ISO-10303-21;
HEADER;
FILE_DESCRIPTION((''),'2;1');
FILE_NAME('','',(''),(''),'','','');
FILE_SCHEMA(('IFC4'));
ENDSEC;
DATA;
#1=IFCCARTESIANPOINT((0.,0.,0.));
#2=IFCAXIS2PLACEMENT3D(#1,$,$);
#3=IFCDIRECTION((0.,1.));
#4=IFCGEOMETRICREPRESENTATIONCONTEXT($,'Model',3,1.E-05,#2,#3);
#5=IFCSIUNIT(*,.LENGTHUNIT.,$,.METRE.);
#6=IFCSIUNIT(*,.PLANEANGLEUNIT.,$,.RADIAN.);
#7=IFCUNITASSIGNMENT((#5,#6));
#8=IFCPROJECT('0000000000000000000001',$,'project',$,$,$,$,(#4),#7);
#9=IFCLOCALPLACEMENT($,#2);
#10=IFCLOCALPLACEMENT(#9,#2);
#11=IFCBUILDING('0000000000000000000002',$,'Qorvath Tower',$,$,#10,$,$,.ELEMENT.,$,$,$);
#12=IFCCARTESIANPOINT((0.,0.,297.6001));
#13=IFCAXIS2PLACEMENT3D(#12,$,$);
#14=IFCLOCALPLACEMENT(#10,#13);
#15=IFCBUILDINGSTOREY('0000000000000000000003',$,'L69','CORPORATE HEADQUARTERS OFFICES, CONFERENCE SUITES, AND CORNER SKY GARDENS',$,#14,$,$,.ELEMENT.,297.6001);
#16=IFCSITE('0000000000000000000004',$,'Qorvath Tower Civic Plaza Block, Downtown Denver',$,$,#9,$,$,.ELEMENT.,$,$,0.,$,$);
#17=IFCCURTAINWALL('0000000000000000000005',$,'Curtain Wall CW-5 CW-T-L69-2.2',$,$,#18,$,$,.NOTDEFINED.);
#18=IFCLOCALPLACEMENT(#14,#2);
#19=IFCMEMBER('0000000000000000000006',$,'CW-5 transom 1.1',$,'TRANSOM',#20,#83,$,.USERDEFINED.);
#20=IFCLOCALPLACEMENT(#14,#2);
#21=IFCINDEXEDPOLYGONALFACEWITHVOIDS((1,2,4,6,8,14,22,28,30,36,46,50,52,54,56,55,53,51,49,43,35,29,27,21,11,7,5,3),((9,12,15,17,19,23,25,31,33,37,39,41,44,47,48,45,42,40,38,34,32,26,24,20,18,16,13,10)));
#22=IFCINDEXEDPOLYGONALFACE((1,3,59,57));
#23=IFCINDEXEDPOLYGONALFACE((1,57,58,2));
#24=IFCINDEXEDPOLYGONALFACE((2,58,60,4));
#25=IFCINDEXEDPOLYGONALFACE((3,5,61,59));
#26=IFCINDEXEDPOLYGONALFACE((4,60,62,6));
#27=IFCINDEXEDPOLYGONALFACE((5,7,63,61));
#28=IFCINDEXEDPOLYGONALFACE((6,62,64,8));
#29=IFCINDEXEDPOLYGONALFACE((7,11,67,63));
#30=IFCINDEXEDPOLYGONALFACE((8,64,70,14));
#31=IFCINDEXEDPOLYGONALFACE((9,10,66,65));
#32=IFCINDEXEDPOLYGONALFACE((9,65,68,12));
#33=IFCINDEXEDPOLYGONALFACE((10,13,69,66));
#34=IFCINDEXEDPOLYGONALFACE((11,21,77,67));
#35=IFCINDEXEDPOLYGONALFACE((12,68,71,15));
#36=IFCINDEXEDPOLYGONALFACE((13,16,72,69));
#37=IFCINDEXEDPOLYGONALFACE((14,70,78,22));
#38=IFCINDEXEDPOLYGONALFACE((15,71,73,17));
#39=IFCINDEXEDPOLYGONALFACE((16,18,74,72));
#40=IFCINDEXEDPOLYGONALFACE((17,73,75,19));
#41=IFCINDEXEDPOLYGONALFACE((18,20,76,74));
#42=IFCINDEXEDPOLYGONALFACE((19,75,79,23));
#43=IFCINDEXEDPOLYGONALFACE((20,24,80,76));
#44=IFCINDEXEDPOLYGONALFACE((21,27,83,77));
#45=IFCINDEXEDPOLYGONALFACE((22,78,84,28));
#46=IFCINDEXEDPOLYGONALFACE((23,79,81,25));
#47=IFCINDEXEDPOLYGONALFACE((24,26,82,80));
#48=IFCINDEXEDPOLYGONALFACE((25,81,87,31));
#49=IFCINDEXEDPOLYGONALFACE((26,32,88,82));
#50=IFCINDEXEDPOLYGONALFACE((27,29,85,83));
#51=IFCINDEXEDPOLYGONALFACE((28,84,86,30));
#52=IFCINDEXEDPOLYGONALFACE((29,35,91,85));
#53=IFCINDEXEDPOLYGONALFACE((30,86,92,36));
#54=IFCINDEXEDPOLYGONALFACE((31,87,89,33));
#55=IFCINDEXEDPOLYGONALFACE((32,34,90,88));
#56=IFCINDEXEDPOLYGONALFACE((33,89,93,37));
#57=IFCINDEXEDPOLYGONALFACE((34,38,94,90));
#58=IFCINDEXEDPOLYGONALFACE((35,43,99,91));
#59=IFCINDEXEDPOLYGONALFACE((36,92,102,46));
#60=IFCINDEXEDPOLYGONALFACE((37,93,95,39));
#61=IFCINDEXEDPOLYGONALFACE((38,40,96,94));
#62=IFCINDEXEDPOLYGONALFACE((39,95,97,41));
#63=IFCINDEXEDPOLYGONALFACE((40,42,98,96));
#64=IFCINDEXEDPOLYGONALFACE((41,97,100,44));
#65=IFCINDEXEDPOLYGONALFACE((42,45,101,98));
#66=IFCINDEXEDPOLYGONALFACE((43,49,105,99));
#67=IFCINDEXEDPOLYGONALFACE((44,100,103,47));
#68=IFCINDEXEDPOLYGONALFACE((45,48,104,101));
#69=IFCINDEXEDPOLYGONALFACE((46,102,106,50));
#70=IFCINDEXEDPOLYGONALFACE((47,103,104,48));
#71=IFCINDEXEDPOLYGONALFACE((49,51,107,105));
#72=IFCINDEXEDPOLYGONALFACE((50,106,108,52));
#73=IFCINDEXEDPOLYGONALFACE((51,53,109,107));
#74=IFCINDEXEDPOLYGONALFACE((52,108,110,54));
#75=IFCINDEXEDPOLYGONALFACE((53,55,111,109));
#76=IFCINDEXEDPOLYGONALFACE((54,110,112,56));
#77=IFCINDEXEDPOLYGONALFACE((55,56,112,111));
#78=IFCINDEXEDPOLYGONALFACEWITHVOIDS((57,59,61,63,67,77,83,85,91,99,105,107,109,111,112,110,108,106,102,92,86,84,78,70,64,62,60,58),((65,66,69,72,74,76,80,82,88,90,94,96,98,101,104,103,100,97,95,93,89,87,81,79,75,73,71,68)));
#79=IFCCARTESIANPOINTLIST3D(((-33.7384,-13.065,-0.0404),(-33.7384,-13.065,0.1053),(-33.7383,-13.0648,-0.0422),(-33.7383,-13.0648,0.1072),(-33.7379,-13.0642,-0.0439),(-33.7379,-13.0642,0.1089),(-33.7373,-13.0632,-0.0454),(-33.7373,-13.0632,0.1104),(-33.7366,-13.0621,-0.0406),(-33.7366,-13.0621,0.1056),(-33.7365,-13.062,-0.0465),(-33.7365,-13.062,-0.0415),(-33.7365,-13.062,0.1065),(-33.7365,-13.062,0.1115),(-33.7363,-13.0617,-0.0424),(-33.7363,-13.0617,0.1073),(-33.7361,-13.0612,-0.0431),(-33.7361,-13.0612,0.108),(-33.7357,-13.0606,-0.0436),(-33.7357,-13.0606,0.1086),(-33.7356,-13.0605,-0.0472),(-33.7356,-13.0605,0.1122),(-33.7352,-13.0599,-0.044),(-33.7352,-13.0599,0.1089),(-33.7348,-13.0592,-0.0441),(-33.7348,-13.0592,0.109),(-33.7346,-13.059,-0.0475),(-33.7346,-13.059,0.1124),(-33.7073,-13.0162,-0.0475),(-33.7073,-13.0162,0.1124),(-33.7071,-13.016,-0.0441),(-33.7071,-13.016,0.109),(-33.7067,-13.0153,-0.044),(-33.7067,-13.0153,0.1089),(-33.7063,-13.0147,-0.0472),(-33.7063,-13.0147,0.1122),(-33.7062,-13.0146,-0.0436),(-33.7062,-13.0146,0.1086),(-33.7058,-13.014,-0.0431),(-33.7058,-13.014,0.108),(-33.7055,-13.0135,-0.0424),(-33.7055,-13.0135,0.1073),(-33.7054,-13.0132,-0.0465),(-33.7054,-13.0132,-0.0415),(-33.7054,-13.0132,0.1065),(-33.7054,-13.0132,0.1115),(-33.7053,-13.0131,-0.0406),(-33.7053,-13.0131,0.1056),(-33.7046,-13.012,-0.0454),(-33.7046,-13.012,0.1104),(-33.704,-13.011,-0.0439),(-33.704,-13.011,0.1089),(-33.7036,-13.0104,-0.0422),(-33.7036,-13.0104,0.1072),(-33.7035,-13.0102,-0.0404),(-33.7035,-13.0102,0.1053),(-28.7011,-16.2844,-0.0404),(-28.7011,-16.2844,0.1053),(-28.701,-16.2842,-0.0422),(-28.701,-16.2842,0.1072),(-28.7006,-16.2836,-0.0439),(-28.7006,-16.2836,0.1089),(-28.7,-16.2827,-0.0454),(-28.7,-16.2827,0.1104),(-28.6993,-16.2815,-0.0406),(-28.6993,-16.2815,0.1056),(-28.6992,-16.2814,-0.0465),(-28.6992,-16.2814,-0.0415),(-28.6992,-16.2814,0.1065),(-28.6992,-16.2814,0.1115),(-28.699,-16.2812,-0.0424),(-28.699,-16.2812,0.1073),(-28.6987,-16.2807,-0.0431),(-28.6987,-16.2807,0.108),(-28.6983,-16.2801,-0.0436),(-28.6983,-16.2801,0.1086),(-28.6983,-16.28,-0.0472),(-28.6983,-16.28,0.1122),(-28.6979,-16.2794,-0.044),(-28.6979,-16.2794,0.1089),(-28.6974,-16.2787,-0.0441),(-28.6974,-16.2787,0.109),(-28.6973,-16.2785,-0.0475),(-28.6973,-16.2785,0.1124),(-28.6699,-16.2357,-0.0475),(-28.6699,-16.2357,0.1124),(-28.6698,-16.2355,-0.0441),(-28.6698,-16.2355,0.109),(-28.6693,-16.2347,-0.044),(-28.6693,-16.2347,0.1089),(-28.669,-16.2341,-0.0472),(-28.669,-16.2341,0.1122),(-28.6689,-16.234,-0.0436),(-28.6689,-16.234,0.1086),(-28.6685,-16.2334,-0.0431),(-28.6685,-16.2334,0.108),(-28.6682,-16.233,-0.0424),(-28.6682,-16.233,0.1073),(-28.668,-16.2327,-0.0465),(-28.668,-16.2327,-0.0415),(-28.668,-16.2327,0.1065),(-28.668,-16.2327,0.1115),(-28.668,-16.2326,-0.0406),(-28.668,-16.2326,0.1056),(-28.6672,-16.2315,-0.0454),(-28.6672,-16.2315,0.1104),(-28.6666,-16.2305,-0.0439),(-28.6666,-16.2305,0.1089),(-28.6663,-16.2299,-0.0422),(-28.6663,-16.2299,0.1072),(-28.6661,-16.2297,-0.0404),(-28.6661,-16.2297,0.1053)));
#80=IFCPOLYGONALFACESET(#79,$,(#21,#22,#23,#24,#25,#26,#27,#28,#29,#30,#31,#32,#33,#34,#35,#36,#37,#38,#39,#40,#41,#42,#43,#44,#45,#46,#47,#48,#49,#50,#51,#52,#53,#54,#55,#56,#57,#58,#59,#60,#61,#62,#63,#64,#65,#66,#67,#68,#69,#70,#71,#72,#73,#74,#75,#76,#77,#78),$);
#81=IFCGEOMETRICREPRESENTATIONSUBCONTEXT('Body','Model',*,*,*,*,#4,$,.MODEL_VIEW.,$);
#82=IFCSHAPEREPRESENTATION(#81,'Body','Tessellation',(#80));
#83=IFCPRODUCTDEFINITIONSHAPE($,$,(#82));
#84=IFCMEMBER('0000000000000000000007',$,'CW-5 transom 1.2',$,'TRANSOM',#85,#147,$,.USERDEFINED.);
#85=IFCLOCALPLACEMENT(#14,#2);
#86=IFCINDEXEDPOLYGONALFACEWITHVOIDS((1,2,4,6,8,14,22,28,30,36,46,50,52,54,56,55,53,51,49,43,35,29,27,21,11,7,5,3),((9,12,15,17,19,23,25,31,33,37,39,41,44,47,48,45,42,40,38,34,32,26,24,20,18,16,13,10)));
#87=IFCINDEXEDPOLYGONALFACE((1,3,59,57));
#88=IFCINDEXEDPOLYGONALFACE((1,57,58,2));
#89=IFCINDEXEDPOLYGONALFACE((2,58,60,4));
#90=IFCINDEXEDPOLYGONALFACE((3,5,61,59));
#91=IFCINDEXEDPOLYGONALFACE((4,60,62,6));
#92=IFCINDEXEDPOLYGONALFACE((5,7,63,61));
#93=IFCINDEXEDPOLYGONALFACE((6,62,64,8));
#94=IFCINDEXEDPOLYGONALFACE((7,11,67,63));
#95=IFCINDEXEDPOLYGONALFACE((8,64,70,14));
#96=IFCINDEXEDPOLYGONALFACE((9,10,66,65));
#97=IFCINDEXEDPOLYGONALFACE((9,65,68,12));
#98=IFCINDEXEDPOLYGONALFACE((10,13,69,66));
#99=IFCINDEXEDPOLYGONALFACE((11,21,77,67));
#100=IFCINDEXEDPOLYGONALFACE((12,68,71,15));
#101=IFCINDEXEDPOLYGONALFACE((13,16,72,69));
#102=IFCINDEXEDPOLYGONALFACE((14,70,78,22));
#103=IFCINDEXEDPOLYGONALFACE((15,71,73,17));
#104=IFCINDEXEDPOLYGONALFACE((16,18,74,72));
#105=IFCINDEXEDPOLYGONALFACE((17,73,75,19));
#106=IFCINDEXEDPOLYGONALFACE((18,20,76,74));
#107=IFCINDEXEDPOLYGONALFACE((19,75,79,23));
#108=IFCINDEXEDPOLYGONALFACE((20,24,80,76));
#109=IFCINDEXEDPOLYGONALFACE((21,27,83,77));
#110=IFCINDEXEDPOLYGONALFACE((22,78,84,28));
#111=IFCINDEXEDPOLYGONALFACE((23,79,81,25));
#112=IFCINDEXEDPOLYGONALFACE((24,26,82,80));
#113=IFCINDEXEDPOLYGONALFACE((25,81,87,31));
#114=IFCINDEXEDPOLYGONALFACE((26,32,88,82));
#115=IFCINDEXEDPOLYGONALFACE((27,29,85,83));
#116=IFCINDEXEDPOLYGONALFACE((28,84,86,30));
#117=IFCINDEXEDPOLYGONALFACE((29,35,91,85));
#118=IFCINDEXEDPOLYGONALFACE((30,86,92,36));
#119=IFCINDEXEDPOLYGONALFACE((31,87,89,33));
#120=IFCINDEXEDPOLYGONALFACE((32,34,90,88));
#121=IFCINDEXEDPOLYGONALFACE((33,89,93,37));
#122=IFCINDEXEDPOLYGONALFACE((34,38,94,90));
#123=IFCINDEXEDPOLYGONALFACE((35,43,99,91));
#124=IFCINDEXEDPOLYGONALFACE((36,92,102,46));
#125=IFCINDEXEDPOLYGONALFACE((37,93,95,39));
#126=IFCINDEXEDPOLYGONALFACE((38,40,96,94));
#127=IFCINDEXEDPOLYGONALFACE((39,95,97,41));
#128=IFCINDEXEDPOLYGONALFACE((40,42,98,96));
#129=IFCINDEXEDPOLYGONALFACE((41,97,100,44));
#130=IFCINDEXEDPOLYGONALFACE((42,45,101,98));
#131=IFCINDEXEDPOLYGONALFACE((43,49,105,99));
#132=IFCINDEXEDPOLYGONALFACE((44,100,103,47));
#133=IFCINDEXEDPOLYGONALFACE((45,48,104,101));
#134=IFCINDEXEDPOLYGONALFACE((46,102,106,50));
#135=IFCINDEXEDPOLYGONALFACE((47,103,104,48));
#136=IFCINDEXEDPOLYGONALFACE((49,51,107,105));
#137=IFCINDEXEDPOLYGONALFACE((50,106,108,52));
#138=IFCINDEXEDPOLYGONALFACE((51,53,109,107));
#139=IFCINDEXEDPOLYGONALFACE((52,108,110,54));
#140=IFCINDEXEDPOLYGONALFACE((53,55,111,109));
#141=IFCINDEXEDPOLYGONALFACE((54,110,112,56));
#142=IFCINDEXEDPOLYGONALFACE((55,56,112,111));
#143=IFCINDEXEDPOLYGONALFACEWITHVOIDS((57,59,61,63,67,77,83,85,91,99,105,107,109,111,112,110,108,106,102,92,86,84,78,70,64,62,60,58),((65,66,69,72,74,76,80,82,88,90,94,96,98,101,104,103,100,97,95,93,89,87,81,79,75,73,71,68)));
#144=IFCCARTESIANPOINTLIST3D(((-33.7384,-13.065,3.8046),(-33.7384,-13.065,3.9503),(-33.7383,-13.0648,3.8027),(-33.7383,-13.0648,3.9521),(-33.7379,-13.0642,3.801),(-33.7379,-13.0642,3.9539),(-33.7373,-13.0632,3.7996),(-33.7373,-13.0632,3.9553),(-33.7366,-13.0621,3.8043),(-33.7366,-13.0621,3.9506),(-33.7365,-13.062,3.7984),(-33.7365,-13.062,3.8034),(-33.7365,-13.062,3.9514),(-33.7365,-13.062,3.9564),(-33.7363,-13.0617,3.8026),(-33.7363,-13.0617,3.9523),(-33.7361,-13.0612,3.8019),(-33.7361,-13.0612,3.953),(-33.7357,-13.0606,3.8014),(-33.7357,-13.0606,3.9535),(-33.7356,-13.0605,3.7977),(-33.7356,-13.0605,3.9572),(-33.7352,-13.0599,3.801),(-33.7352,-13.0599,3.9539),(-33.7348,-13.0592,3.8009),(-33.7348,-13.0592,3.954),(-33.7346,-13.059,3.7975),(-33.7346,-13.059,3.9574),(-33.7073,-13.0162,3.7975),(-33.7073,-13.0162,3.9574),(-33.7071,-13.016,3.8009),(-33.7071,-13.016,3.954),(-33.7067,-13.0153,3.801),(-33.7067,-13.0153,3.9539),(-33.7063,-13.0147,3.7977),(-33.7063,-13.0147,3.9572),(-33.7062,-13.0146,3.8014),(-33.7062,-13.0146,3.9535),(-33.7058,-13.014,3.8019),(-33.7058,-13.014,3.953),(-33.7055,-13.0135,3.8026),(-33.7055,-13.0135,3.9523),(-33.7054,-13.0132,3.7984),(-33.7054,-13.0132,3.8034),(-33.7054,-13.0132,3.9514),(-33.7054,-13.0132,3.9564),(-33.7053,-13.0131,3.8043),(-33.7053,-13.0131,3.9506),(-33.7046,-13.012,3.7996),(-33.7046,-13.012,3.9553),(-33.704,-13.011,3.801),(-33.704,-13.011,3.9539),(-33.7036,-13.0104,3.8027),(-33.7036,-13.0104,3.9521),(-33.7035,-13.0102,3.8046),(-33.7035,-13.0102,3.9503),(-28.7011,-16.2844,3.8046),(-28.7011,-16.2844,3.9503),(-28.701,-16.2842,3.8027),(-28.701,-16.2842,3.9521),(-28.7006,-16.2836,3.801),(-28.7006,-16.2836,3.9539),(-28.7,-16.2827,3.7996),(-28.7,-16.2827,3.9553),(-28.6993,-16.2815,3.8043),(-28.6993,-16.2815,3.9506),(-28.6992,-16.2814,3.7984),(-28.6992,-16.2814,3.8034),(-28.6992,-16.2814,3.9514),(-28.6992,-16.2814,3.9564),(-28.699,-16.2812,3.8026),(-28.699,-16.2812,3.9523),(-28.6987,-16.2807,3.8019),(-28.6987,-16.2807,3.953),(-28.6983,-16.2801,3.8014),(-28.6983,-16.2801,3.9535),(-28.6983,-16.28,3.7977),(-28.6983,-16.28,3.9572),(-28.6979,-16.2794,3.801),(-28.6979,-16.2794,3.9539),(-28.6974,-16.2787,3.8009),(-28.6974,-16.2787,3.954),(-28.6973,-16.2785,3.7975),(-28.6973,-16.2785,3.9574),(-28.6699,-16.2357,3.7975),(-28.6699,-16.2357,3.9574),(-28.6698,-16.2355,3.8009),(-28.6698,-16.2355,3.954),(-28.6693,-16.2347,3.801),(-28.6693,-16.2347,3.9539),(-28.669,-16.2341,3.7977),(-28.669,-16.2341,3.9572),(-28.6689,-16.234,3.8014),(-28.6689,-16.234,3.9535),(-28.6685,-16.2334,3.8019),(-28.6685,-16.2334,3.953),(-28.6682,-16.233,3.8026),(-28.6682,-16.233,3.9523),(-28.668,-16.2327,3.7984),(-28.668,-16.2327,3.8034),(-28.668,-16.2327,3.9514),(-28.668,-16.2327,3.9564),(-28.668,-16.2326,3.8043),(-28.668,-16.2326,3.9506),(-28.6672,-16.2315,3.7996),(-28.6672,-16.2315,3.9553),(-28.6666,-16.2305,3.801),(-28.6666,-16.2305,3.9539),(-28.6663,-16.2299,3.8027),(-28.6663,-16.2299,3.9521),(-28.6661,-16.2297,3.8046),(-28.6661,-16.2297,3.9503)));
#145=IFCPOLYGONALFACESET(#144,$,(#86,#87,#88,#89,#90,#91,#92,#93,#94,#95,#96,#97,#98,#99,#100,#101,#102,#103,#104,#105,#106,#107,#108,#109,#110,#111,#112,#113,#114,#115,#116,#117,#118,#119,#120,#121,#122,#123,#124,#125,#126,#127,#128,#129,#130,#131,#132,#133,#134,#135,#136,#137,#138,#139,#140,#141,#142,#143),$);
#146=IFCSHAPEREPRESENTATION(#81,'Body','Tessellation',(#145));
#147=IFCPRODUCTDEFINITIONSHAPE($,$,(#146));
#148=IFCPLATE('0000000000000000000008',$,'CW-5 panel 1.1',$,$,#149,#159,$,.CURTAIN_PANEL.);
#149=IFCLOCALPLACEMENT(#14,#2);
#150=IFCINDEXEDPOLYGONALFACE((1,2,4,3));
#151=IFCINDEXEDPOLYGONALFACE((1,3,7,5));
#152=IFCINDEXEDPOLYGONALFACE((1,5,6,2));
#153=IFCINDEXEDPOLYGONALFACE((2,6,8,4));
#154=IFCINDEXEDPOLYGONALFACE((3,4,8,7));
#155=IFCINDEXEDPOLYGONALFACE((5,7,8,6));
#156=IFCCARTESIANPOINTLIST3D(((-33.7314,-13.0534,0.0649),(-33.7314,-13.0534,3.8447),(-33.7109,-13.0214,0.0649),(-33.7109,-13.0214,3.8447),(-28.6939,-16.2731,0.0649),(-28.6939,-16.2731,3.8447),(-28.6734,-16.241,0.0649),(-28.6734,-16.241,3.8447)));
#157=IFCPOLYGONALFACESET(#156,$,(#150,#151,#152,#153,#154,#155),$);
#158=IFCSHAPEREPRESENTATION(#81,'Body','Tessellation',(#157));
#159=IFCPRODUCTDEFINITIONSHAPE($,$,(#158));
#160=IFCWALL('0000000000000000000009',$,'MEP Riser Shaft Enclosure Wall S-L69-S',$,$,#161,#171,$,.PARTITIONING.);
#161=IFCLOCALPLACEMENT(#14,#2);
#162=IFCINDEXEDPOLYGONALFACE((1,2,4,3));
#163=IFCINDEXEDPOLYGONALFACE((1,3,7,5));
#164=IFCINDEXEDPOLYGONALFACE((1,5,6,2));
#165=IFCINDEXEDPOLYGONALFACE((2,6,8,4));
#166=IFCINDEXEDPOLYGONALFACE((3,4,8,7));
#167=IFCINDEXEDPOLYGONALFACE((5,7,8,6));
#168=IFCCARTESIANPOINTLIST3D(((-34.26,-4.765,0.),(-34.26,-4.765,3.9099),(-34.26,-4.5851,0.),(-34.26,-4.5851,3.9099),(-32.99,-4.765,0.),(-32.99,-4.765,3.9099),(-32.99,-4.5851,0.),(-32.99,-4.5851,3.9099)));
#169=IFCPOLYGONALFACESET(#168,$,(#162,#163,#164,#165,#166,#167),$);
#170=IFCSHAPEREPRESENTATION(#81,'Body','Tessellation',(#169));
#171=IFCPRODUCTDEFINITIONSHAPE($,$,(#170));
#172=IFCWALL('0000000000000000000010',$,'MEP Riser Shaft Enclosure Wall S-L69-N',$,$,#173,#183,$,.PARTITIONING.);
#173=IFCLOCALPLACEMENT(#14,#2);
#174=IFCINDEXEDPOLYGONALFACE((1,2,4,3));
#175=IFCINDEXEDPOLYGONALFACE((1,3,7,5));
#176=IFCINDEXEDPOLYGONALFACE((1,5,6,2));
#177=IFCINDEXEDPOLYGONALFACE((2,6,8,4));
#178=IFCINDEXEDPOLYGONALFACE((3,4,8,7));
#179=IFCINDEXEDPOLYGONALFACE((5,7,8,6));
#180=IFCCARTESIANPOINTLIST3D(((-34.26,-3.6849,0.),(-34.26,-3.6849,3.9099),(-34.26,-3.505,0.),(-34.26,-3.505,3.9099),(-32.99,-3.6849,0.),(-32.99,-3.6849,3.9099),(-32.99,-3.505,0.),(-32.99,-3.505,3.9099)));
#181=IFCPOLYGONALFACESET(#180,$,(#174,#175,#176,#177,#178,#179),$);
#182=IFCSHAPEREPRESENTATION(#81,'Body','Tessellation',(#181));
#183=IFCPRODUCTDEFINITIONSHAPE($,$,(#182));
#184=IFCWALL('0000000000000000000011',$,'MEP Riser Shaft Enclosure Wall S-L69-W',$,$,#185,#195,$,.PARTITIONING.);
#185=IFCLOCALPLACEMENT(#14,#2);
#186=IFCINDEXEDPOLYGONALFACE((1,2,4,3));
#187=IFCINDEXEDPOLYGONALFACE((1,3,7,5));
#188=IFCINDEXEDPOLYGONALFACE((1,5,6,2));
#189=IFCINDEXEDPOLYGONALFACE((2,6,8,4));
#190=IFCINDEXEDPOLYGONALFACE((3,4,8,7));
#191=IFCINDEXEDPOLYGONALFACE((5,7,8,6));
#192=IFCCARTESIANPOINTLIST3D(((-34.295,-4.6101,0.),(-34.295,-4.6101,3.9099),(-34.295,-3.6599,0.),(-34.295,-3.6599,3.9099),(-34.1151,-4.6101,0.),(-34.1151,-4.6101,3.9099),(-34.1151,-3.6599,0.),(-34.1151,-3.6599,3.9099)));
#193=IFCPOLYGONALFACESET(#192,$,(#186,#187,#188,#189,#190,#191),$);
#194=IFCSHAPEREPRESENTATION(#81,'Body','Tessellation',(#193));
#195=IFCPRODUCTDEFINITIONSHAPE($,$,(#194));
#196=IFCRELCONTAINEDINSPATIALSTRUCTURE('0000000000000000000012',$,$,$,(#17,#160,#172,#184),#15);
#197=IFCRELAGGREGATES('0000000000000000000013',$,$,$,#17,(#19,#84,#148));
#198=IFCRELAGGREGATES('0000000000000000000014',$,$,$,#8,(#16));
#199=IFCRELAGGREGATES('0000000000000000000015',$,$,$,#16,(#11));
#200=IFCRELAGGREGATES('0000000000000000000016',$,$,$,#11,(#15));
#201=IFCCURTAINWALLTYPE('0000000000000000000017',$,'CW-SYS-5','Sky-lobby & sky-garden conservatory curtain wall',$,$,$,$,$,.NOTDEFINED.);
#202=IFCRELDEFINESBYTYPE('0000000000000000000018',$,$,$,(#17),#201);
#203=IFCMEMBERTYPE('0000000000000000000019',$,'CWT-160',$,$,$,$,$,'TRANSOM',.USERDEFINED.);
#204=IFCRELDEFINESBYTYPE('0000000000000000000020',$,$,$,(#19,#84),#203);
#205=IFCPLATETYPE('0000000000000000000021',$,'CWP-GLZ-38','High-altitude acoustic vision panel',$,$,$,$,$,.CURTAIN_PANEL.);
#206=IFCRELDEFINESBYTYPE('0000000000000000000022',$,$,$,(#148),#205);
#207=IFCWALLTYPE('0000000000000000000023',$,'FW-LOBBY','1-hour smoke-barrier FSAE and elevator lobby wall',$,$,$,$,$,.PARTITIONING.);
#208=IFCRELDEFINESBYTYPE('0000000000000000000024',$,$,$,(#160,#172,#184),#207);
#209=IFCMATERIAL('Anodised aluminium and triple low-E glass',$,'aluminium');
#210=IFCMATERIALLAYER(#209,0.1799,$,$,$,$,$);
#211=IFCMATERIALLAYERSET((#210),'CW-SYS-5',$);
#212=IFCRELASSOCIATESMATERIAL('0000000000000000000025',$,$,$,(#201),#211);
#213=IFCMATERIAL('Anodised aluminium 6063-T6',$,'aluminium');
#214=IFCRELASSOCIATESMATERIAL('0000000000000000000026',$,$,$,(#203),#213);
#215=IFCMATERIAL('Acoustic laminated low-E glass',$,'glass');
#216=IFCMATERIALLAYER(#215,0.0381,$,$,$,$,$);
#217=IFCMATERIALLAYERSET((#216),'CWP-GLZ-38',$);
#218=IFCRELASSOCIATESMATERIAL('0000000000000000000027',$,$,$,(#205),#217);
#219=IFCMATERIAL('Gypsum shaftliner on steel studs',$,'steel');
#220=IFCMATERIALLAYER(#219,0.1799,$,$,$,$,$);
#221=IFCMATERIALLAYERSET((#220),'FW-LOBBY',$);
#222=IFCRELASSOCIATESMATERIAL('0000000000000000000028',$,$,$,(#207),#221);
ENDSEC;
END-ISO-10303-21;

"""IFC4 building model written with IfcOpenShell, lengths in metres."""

from ifc_helpers import new_model, si_unit, direction, frame, frame_2d, origin, origin_2d, place, context, subcontext, project, spatial, rectangle, hollow_rectangle, extrude, material, layer, layer_set, material_profile, profile_set, type_object, element, aggregate, save


model = new_model("IFC4")

# Units and contexts
model_context = context("Model", 3, precision=1e-05, world=origin(), true_north=direction((0.0, 1.0)))
body_context = subcontext(model_context, "Body", "Model", "MODEL_VIEW")
ifc_project = project(units=[si_unit("LENGTHUNIT", "METRE"), si_unit("PLANEANGLEUNIT", "RADIAN")], contexts=[model_context])

# Site, building, storey
site_placement = place(None, origin())
site = spatial("IfcSite", under=ifc_project, at=site_placement, Name="Qorvath Tower Civic Plaza Block, Downtown Denver", CompositionType="ELEMENT", RefElevation=0.0)
building_placement = place(site_placement, origin())
building = spatial("IfcBuilding", under=site, at=building_placement, Name="Qorvath Tower", CompositionType="ELEMENT")
storey_placement = place(building_placement, frame((0.0, 0.0, 297.6001)))
storey = spatial("IfcBuildingStorey", under=building, at=storey_placement, Name="L69", Description="CORPORATE HEADQUARTERS OFFICES, CONFERENCE SUITES, AND CORNER SKY GARDENS", CompositionType="ELEMENT", Elevation=297.6001)

# Shared definitions
ifc_material_1 = material(Name="Anodised aluminium and triple low-E glass", Category="aluminium")
ifc_layer_1 = layer(ifc_material_1, 0.1799)
ifc_layer_set_1 = layer_set([ifc_layer_1], Name="CW-SYS-5")
curtain_wall_type = type_object("IfcCurtainWallType", Name="CW-SYS-5", Description="Sky-lobby & sky-garden conservatory curtain wall", PredefinedType="NOTDEFINED", material=ifc_layer_set_1)

# Curtain wall, members, plate
curtain_wall_1_placement = place(storey_placement, origin())
curtain_wall_1 = element("IfcCurtainWall", 1, at=curtain_wall_1_placement, inside=storey, type_object=curtain_wall_type, Name="Curtain Wall CW-5 CW-T-L69-2.2", PredefinedType="NOTDEFINED")
ifc_material_2 = material(Name="Anodised aluminium 6063-T6", Category="aluminium")
ifc_material_profile_1 = material_profile(ifc_material_2, hollow_rectangle(XDim=0.0649, YDim=0.1599, WallThickness=0.0034, InnerFilletRadius=0.0034, OuterFilletRadius=0.0071, at=origin_2d()), Name="CWT 160x65")
ifc_profile_set_1 = profile_set([ifc_material_profile_1], Name="Anodised aluminium 6063-T6")
member_type_1 = type_object("IfcMemberType", Name="CWT-160", ElementType="TRANSOM", PredefinedType="USERDEFINED", material=ifc_profile_set_1)
member_1_placement = place(storey_placement, frame((-33.7209, -13.0376, 0.0325), z_axis=(0.842607, -0.538529, 0.0), x_axis=(0.538529, 0.842607, 0.0)))
member_1 = element("IfcMember", 2, at=member_1_placement, type_object=member_type_1, Name="CW-5 transom 1.1", ObjectType="TRANSOM", PredefinedType="USERDEFINED", context=body_context, shape_type="SweptSolid", body=[
    extrude(hollow_rectangle(XDim=0.0649, YDim=0.1599, WallThickness=0.0034, InnerFilletRadius=0.0034, OuterFilletRadius=0.0071, at=origin_2d()), origin(), (0.0, 0.0, 1.0), 5.9783),
])
member_2_placement = place(storey_placement, frame((-33.7209, -13.0376, 3.8774), z_axis=(0.842607, -0.538529, 0.0), x_axis=(0.538529, 0.842607, 0.0)))
member_2 = element("IfcMember", 3, at=member_2_placement, type_object=member_type_1, Name="CW-5 transom 1.2", ObjectType="TRANSOM", PredefinedType="USERDEFINED", context=body_context, shape_type="SweptSolid", body=[
    extrude(hollow_rectangle(XDim=0.0649, YDim=0.1599, WallThickness=0.0034, InnerFilletRadius=0.0034, OuterFilletRadius=0.0071, at=origin_2d()), origin(), (0.0, 0.0, 1.0), 5.9783),
])
ifc_material_3 = material(Name="Acoustic laminated low-E glass", Category="glass")
ifc_layer_2 = layer(ifc_material_3, 0.0381)
ifc_layer_set_2 = layer_set([ifc_layer_2], Name="CWP-GLZ-38")
plate_type = type_object("IfcPlateType", Name="CWP-GLZ-38", Description="High-altitude acoustic vision panel", PredefinedType="CURTAIN_PANEL", material=ifc_layer_set_2)
plate_placement = place(storey_placement, frame((-31.2024, -14.6472, 0.0649), z_axis=(0.0, 0.0, 1.0), x_axis=(0.842604, -0.538534, 0.0)))
plate = element("IfcPlate", 4, at=plate_placement, type_object=plate_type, Name="CW-5 panel 1.1", PredefinedType="CURTAIN_PANEL", context=body_context, shape_type="SweptSolid", body=[
    extrude(rectangle(XDim=5.9785, YDim=0.0381, at=origin_2d()), origin(), (0.0, 0.0, 1.0), 3.7798),
])
aggregate(curtain_wall_1, [member_1, member_2, plate])

# Walls
ifc_material_4 = material(Name="Gypsum shaftliner on steel studs", Category="steel")
ifc_layer_3 = layer(ifc_material_4, 0.1799)
ifc_layer_set_3 = layer_set([ifc_layer_3], Name="FW-LOBBY")
wall_type_1 = type_object("IfcWallType", Name="FW-LOBBY", Description="1-hour smoke-barrier FSAE and elevator lobby wall", PredefinedType="PARTITIONING", material=ifc_layer_set_3)
for number, where, z_axis, x_axis, name in (
    (5, (-32.99, -4.675, 0.0), (0.0, 0.0, 1.0), (-1.0, 0.0, 0.0), "MEP Riser Shaft Enclosure Wall S-L69-S"),
    (6, (-34.26, -3.595, 0.0), (0.0, 0.0, 1.0), (1.0, 0.0, 0.0), "MEP Riser Shaft Enclosure Wall S-L69-N"),
):
    element("IfcWall", number, at=place(storey_placement, frame(where, z_axis=z_axis, x_axis=x_axis)), inside=storey, type_object=wall_type_1, Name=name, PredefinedType="PARTITIONING", context=body_context, shape_type="SweptSolid", body=[
        extrude(rectangle(XDim=1.27, YDim=0.1799, at=frame_2d((0.635, 0.0))), origin(), (0.0, 0.0, 1.0), 3.9099),
    ])
for number, where, z_axis, x_axis, name in (
    (7, (-34.2051, -4.6101, 0.0), (0.0, 0.0, 1.0), (0.0, 1.0, 0.0), "MEP Riser Shaft Enclosure Wall S-L69-W"),
):
    element("IfcWall", number, at=place(storey_placement, frame(where, z_axis=z_axis, x_axis=x_axis)), inside=storey, type_object=wall_type_1, Name=name, PredefinedType="PARTITIONING", context=body_context, shape_type="SweptSolid", body=[
        extrude(rectangle(XDim=0.9502, YDim=0.1799, at=frame_2d((0.4751, 0.0))), origin(), (0.0, 0.0, 1.0), 3.9099),
    ])

save(model, "model.ifc")
